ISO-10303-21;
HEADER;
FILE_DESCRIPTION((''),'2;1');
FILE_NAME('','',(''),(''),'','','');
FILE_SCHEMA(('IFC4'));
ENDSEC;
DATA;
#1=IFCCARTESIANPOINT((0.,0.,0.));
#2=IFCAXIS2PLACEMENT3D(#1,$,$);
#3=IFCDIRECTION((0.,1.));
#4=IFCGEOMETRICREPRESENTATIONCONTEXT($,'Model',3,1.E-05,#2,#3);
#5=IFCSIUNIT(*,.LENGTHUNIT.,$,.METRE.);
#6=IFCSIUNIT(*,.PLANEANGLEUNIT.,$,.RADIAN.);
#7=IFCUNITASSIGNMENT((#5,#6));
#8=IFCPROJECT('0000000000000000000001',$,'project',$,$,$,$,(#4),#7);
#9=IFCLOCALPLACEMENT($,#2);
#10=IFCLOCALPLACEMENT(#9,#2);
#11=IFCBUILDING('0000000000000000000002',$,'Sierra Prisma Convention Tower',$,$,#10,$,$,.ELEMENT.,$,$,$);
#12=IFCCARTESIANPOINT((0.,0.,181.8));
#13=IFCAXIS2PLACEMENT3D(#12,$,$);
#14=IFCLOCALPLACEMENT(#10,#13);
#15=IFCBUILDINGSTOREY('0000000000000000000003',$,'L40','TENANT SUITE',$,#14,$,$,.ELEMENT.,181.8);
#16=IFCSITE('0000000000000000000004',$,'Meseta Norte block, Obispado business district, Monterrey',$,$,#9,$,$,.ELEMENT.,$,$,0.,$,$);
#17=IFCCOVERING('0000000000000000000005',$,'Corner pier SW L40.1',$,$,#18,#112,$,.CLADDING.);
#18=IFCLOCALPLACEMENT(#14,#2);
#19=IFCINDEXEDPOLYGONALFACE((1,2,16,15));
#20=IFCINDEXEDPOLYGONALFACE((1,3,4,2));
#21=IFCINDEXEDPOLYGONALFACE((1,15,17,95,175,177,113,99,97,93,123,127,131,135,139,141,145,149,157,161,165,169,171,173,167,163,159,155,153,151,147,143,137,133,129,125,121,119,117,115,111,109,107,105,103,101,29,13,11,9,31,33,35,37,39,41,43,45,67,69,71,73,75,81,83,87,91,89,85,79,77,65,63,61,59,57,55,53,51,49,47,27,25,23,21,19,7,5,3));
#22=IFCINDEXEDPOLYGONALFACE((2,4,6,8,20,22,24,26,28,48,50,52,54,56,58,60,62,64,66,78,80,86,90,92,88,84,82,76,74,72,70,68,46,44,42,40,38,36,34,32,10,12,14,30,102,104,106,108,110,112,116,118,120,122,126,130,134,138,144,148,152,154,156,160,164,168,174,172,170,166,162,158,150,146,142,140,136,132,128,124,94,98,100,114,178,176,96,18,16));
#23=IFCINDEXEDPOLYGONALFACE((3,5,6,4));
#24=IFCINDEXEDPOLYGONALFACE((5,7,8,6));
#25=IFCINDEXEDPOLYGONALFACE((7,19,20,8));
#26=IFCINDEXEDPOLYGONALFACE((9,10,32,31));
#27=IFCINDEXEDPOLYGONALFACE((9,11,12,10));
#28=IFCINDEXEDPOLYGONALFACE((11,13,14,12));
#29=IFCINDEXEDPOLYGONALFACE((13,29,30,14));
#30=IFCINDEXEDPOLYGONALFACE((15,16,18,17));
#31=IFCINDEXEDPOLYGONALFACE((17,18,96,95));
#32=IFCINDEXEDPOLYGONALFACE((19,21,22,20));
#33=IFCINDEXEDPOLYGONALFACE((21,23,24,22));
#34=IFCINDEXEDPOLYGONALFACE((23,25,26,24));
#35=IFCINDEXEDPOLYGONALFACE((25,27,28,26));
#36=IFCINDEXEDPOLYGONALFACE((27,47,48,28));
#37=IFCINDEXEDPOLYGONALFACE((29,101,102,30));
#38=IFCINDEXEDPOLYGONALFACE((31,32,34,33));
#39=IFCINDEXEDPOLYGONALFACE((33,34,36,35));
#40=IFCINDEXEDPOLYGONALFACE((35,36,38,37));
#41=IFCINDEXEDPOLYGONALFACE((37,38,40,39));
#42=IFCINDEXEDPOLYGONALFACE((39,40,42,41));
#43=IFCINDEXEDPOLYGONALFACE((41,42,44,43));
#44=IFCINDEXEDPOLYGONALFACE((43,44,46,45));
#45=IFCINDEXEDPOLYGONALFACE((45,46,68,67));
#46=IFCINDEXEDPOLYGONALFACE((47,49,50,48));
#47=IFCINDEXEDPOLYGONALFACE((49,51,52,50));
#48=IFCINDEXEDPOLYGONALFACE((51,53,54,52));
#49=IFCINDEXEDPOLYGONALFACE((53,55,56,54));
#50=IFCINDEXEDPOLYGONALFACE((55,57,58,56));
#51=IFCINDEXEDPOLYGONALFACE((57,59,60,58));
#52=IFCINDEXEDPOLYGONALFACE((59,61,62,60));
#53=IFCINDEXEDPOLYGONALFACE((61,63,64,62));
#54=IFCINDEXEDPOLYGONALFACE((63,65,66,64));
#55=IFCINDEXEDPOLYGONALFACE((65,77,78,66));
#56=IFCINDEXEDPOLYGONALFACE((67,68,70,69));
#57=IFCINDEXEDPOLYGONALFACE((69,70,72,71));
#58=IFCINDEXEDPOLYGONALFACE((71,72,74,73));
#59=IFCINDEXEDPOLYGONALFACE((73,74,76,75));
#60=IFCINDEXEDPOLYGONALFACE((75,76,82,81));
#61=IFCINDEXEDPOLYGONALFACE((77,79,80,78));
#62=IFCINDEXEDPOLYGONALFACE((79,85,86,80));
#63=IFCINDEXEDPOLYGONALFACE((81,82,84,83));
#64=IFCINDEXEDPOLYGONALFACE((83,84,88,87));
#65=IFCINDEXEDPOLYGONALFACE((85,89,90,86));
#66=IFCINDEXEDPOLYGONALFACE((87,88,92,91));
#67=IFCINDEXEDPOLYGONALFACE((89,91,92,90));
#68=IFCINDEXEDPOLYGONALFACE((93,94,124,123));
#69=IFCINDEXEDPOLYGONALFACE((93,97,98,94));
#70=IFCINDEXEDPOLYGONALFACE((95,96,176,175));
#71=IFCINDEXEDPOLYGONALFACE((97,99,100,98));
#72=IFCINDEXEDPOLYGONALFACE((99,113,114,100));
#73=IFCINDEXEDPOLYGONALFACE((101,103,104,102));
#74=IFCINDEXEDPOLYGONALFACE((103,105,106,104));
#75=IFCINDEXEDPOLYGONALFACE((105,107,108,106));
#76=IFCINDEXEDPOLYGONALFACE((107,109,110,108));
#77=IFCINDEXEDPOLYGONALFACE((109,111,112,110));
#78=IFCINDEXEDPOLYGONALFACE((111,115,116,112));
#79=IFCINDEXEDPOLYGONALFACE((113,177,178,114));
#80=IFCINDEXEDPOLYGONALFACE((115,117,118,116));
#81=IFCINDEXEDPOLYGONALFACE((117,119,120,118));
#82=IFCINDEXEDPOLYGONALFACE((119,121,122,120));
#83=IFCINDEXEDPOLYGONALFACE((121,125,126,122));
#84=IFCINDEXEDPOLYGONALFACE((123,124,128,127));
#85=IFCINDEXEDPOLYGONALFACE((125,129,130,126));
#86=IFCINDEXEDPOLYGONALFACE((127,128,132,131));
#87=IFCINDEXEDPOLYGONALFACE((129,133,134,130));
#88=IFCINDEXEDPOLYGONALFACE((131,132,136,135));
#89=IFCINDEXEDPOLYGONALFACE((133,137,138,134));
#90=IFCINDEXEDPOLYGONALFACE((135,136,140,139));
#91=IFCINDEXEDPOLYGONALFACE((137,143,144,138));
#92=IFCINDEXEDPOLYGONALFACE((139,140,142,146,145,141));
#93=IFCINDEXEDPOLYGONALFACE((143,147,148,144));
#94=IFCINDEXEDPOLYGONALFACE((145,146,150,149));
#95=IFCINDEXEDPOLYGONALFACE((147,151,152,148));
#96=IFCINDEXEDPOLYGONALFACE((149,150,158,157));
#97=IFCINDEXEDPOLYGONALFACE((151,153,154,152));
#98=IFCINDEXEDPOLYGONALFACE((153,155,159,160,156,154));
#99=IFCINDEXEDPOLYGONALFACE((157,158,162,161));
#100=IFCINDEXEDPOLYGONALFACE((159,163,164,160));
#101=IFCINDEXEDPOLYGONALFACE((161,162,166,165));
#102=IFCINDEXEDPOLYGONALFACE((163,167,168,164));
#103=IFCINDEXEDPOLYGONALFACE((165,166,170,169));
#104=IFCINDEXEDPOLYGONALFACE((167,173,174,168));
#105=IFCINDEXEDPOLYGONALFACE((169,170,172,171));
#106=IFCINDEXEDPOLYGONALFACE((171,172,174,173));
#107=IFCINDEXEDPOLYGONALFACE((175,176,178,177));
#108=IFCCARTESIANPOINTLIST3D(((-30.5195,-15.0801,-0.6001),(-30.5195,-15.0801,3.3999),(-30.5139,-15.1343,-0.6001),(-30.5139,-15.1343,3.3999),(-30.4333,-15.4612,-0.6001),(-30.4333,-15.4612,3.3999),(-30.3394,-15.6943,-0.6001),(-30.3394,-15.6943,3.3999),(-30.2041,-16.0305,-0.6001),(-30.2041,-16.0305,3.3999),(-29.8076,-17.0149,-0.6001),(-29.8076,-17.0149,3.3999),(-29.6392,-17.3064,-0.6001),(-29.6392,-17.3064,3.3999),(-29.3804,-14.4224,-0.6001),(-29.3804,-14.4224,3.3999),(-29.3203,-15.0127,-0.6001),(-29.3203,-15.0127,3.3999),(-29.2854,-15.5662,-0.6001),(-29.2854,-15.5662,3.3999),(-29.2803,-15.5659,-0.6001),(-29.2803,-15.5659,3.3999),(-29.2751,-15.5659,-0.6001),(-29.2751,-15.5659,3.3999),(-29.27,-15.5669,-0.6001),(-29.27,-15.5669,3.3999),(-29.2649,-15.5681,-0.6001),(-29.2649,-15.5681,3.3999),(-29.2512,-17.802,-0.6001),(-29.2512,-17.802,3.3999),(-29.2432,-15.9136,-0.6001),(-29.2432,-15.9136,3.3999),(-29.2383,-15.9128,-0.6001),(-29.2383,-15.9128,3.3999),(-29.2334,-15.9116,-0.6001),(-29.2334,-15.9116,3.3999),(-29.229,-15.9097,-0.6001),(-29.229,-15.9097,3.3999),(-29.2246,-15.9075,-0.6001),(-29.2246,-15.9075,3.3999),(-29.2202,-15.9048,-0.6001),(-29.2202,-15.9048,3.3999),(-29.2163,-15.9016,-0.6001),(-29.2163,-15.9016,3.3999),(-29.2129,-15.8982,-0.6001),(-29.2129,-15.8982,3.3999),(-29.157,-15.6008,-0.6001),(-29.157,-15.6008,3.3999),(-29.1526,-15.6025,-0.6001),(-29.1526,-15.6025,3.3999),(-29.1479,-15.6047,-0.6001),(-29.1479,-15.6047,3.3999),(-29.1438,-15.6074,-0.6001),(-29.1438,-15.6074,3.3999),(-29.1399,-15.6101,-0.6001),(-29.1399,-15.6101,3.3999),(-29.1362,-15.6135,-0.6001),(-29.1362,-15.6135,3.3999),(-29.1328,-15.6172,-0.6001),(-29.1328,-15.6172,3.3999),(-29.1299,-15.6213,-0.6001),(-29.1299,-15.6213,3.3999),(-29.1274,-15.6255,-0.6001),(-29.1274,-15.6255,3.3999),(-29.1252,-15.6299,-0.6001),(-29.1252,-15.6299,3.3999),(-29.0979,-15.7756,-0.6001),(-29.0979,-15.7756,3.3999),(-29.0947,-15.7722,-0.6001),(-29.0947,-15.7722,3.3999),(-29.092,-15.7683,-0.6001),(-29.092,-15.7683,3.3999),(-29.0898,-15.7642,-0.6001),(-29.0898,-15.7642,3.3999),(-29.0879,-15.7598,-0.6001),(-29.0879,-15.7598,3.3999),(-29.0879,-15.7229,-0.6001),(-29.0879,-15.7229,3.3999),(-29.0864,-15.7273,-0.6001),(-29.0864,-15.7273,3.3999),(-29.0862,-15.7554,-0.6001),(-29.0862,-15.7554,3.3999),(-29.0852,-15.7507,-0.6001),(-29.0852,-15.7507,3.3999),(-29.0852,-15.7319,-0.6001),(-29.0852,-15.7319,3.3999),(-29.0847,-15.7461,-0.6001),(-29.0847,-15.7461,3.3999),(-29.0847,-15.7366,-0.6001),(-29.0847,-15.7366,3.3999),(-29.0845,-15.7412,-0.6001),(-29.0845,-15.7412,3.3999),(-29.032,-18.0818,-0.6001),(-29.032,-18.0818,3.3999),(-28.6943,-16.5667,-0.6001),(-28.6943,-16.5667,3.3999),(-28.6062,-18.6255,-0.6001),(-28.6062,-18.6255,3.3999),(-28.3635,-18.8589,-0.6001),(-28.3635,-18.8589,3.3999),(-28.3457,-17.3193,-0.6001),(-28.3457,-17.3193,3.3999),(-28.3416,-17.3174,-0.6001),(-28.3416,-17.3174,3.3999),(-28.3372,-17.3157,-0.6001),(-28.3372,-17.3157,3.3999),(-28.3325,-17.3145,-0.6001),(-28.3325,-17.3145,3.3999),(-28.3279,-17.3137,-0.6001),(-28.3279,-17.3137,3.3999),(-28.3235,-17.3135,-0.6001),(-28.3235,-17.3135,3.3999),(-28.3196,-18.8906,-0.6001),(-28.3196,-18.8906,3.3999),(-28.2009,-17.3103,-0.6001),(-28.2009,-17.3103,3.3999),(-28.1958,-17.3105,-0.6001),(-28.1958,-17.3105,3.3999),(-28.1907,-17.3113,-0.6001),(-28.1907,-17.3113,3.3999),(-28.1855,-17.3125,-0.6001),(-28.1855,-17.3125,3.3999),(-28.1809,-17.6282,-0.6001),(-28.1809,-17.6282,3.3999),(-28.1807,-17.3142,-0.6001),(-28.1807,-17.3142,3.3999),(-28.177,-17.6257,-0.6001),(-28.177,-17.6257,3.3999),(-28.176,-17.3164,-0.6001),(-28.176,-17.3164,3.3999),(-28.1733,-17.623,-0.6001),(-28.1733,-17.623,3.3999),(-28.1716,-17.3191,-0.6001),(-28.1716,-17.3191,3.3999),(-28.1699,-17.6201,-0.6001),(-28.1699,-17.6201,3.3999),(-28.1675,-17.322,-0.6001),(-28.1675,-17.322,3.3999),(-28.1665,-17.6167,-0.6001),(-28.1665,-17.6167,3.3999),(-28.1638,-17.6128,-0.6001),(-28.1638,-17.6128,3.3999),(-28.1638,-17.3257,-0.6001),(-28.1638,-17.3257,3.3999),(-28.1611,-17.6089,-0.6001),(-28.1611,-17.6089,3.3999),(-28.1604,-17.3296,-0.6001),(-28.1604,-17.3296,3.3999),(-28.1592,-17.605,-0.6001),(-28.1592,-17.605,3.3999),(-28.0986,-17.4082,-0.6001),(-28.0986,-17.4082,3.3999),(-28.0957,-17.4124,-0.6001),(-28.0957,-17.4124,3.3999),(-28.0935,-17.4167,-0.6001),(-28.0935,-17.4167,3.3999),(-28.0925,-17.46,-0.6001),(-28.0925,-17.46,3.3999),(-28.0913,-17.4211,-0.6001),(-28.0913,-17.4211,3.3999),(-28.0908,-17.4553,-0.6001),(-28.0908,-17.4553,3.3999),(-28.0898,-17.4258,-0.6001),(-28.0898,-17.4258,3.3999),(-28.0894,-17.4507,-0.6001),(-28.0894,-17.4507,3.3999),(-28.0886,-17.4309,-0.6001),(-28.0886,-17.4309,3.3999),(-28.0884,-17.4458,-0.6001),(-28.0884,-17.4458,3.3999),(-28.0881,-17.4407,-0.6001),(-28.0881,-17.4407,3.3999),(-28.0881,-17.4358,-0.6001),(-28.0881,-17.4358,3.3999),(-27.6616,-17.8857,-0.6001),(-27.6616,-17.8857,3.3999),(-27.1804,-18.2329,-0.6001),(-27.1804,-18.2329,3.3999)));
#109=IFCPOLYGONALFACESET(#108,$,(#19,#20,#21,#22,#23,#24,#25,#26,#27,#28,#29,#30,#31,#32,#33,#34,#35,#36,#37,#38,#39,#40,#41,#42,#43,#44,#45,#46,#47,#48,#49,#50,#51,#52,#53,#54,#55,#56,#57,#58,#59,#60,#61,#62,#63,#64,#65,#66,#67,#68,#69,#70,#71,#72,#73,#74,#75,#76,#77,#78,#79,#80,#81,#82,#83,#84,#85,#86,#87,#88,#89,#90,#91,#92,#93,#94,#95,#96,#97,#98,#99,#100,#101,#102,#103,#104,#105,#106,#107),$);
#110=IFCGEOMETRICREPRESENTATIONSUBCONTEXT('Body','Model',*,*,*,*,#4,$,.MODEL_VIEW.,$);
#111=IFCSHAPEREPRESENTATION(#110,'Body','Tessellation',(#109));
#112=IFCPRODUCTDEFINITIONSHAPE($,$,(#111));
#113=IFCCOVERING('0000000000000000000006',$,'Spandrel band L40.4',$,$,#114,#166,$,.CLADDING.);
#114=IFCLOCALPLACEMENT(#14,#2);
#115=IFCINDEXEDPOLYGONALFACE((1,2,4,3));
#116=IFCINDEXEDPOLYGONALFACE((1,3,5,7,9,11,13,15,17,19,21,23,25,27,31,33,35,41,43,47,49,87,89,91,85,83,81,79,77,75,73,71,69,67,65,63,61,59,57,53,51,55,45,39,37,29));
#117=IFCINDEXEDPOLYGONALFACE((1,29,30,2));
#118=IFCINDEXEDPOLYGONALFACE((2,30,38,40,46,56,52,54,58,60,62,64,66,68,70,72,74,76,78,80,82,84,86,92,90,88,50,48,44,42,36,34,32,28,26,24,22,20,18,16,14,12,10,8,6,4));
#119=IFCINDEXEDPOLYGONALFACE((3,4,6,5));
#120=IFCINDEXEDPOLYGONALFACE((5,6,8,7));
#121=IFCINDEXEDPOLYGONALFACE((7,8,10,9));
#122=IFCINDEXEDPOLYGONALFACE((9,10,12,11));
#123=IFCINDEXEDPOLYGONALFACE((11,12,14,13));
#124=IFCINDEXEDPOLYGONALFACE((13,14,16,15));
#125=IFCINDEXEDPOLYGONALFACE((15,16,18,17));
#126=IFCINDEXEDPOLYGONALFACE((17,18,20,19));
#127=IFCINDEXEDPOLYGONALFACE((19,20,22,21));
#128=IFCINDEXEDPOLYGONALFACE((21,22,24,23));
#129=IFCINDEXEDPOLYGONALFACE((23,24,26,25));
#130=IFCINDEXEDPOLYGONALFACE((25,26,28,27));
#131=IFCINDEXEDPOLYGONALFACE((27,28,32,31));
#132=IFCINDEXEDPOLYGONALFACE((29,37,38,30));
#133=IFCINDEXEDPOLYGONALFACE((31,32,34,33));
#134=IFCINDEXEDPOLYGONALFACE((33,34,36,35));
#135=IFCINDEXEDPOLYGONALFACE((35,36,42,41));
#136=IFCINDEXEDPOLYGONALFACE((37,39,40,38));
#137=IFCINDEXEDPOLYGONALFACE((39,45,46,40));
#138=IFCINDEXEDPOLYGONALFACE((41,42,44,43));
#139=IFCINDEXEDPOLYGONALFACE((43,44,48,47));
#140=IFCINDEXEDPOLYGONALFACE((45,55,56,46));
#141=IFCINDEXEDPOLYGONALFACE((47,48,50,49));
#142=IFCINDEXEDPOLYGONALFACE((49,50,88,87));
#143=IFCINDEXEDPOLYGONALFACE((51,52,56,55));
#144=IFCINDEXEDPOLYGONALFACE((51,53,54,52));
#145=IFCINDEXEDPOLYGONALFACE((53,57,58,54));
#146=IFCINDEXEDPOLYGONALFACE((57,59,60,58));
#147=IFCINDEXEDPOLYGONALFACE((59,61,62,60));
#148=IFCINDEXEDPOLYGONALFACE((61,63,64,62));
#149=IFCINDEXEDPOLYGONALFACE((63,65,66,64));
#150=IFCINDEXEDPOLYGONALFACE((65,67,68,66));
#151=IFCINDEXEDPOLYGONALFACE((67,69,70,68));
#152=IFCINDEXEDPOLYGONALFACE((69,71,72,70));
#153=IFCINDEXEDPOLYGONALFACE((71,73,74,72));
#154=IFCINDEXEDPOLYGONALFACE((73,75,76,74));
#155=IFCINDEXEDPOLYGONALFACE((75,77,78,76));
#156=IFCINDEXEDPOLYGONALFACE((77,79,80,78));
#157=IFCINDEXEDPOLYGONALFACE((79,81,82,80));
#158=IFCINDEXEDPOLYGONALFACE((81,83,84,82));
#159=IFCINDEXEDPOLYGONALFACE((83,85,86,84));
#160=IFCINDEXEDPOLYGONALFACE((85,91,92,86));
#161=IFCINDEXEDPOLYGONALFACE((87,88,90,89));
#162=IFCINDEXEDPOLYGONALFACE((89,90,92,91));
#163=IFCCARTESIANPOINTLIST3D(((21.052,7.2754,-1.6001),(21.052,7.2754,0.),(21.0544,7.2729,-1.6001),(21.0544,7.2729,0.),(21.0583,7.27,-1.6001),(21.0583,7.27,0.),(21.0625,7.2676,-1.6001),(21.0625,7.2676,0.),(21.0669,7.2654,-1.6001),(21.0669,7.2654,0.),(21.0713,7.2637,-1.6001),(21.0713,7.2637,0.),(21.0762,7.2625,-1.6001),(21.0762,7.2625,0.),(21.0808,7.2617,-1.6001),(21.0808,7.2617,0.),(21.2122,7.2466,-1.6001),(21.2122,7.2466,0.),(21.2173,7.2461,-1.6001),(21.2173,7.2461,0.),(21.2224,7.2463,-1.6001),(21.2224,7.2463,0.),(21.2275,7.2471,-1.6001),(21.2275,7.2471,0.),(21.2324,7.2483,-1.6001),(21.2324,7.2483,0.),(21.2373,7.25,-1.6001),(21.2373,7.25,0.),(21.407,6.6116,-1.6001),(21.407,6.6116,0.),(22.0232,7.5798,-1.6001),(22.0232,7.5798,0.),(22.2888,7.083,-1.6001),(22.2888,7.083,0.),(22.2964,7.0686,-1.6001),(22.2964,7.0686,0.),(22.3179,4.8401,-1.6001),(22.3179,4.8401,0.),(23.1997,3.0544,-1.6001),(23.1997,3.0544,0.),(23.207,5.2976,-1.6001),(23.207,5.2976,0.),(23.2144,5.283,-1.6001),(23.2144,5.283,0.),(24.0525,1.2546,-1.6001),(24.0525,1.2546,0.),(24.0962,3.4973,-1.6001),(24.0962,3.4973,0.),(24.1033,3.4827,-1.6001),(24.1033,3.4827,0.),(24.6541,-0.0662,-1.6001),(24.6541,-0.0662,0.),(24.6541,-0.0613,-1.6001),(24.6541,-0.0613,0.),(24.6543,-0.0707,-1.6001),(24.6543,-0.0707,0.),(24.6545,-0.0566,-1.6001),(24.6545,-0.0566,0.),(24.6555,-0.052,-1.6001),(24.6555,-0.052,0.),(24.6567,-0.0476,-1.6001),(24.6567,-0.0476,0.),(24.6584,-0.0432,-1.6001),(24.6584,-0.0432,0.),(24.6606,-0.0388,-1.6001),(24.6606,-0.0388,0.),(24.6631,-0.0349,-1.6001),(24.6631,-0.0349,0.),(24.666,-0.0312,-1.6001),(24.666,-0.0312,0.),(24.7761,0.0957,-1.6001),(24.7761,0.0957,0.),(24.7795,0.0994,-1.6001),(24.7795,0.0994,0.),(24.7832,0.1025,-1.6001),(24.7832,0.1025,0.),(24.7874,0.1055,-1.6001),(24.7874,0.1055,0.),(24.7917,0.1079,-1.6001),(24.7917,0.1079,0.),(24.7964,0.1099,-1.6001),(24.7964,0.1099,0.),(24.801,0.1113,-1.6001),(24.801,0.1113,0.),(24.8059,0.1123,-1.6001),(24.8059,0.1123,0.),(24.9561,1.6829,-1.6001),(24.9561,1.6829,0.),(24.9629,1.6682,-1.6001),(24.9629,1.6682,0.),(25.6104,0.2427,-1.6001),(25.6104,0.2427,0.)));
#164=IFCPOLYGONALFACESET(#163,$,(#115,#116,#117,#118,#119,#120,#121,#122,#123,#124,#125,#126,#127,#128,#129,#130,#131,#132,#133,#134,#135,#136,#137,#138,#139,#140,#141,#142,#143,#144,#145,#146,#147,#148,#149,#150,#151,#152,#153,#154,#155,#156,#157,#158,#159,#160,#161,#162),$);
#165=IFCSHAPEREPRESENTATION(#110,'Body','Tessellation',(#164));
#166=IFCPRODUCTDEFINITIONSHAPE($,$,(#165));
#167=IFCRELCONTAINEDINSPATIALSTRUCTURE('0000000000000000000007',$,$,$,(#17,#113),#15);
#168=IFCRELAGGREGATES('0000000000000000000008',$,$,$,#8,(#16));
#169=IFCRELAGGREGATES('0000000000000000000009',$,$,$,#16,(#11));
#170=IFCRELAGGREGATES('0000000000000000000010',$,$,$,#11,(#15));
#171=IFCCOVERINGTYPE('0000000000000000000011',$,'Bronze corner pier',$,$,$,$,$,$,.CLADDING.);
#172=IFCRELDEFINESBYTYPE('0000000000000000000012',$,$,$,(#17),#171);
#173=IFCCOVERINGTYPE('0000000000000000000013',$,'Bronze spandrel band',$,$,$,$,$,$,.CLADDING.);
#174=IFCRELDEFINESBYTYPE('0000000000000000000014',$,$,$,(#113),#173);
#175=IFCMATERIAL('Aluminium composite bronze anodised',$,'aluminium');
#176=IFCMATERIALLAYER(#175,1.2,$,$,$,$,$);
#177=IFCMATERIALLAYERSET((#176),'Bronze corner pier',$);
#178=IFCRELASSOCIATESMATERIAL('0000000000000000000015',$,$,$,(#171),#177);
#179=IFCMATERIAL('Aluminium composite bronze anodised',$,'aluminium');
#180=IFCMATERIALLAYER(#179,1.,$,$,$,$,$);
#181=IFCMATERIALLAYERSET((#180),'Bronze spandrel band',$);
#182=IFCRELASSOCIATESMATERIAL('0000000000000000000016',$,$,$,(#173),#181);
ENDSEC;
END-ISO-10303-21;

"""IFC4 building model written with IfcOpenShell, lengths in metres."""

from ifc_helpers import new_model, si_unit, direction, frame, origin, place, context, subcontext, project, spatial, polyline, outline, extrude, material, layer, layer_set, type_object, element, save


model = new_model("IFC4")

# Units and contexts
model_context = context("Model", 3, precision=1e-05, world=origin(), true_north=direction((0.0, 1.0)))
body_context = subcontext(model_context, "Body", "Model", "MODEL_VIEW")
ifc_project = project(units=[si_unit("LENGTHUNIT", "METRE"), si_unit("PLANEANGLEUNIT", "RADIAN")], contexts=[model_context])

# Site, building, storey
site_placement = place(None, origin())
site = spatial("IfcSite", under=ifc_project, at=site_placement, Name="Meseta Norte block, Obispado business district, Monterrey", CompositionType="ELEMENT", RefElevation=0.0)
building_placement = place(site_placement, origin())
building = spatial("IfcBuilding", under=site, at=building_placement, Name="Sierra Prisma Convention Tower", CompositionType="ELEMENT")
storey_placement = place(building_placement, frame((0.0, 0.0, 181.8)))
storey = spatial("IfcBuildingStorey", under=building, at=storey_placement, Name="L40", Description="TENANT SUITE", CompositionType="ELEMENT", Elevation=181.8)

# Coverings
ifc_material_1 = material(Name="Aluminium composite bronze anodised", Category="aluminium")
ifc_layer_1 = layer(ifc_material_1, 1.2)
ifc_layer_set_1 = layer_set([ifc_layer_1], Name="Bronze corner pier")
covering_type_1 = type_object("IfcCoveringType", Name="Bronze corner pier", PredefinedType="CLADDING", material=ifc_layer_set_1)
covering_1_placement = place(storey_placement, frame((0.0, 0.0, -0.6001)))
element("IfcCovering", 1, at=covering_1_placement, inside=storey, type_object=covering_type_1, Name="Corner pier SW L40.1", PredefinedType="CLADDING", context=body_context, shape_type="SweptSolid", body=[
    extrude(outline(polyline([(-30.2041, -16.0305), (-29.2432, -15.9136), (-29.2383, -15.9128), (-29.2334, -15.9116), (-29.229, -15.9097), (-29.2246, -15.9075), (-29.2202, -15.9048), (-29.2163, -15.9016), (-29.2129, -15.8982), (-29.0979, -15.7756), (-29.0947, -15.7722), (-29.092, -15.7683), (-29.0898, -15.7642), (-29.0879, -15.7598), (-29.0862, -15.7554), (-29.0852, -15.7507), (-29.0847, -15.7461), (-29.0845, -15.7412), (-29.0847, -15.7366), (-29.0852, -15.7319), (-29.0864, -15.7273), (-29.0879, -15.7229), (-29.1252, -15.6299), (-29.1274, -15.6255), (-29.1299, -15.6213), (-29.1328, -15.6172), (-29.1362, -15.6135), (-29.1399, -15.6101), (-29.1438, -15.6074), (-29.1479, -15.6047), (-29.1526, -15.6025), (-29.157, -15.6008), (-29.2649, -15.5681), (-29.27, -15.5669), (-29.2751, -15.5659), (-29.2803, -15.5659), (-29.2854, -15.5662), (-30.3394, -15.6943), (-30.4333, -15.4612), (-30.5139, -15.1343), (-30.5195, -15.0801), (-29.3804, -14.4224), (-29.3203, -15.0127), (-28.6943, -16.5667), (-27.6616, -17.8857), (-27.1804, -18.2329), (-28.3196, -18.8906), (-28.3635, -18.8589), (-28.6062, -18.6255), (-29.032, -18.0818), (-28.1809, -17.6282), (-28.177, -17.6257), (-28.1733, -17.623), (-28.1699, -17.6201), (-28.1665, -17.6167), (-28.1638, -17.6128), (-28.1611, -17.6089), (-28.1592, -17.605), (-28.0925, -17.46), (-28.0908, -17.4553), (-28.0894, -17.4507), (-28.0884, -17.4458), (-28.0881, -17.4407), (-28.0881, -17.4358), (-28.0886, -17.4309), (-28.0898, -17.4258), (-28.0913, -17.4211), (-28.0935, -17.4167), (-28.0957, -17.4124), (-28.0986, -17.4082), (-28.1604, -17.3296), (-28.1638, -17.3257), (-28.1675, -17.322), (-28.1716, -17.3191), (-28.176, -17.3164), (-28.1807, -17.3142), (-28.1855, -17.3125), (-28.1907, -17.3113), (-28.1958, -17.3105), (-28.2009, -17.3103), (-28.3235, -17.3135), (-28.3279, -17.3137), (-28.3325, -17.3145), (-28.3372, -17.3157), (-28.3416, -17.3174), (-28.3457, -17.3193), (-29.2512, -17.802), (-29.6392, -17.3064), (-29.8076, -17.0149), (-30.2041, -16.0305)])), origin(), (0.0, 0.0, 1.0), 4.0),
])
ifc_material_2 = material(Name="Aluminium composite bronze anodised", Category="aluminium")
ifc_layer_2 = layer(ifc_material_2, 1.0)
ifc_layer_set_2 = layer_set([ifc_layer_2], Name="Bronze spandrel band")
covering_type_2 = type_object("IfcCoveringType", Name="Bronze spandrel band", PredefinedType="CLADDING", material=ifc_layer_set_2)
covering_2_placement = place(storey_placement, frame((0.0, 0.0, -1.6001)))
element("IfcCovering", 2, at=covering_2_placement, inside=storey, type_object=covering_type_2, Name="Spandrel band L40.4", PredefinedType="CLADDING", context=body_context, shape_type="SweptSolid", body=[
    extrude(outline(polyline([(24.7874, 0.1055), (24.7832, 0.1025), (24.7795, 0.0994), (24.7761, 0.0957), (24.666, -0.0312), (24.6631, -0.0349), (24.6606, -0.0388), (24.6584, -0.0432), (24.6567, -0.0476), (24.6555, -0.052), (24.6545, -0.0566), (24.6541, -0.0613), (24.6541, -0.0662), (24.6543, -0.0708), (24.6545, -0.0713), (24.0525, 1.2546), (23.1997, 3.0544), (22.3179, 4.8401), (21.407, 6.6116), (21.052, 7.2754), (21.0544, 7.2729), (21.0583, 7.27), (21.0625, 7.2676), (21.0669, 7.2654), (21.0713, 7.2637), (21.0762, 7.2625), (21.0808, 7.2617), (21.2122, 7.2466), (21.2173, 7.2461), (21.2224, 7.2463), (21.2275, 7.2471), (21.2324, 7.2483), (21.2373, 7.25), (22.0232, 7.5798), (22.2888, 7.083), (22.2964, 7.0686), (23.207, 5.2976), (23.2144, 5.283), (24.0962, 3.4973), (24.1033, 3.4827), (24.9561, 1.6829), (24.9629, 1.6682), (25.6104, 0.2427), (24.8059, 0.1123), (24.801, 0.1113), (24.7964, 0.1099), (24.7917, 0.1079), (24.7874, 0.1055)])), origin(), (0.0, 0.0, 1.0), 1.6001),
])

save(model, "model.ifc")
